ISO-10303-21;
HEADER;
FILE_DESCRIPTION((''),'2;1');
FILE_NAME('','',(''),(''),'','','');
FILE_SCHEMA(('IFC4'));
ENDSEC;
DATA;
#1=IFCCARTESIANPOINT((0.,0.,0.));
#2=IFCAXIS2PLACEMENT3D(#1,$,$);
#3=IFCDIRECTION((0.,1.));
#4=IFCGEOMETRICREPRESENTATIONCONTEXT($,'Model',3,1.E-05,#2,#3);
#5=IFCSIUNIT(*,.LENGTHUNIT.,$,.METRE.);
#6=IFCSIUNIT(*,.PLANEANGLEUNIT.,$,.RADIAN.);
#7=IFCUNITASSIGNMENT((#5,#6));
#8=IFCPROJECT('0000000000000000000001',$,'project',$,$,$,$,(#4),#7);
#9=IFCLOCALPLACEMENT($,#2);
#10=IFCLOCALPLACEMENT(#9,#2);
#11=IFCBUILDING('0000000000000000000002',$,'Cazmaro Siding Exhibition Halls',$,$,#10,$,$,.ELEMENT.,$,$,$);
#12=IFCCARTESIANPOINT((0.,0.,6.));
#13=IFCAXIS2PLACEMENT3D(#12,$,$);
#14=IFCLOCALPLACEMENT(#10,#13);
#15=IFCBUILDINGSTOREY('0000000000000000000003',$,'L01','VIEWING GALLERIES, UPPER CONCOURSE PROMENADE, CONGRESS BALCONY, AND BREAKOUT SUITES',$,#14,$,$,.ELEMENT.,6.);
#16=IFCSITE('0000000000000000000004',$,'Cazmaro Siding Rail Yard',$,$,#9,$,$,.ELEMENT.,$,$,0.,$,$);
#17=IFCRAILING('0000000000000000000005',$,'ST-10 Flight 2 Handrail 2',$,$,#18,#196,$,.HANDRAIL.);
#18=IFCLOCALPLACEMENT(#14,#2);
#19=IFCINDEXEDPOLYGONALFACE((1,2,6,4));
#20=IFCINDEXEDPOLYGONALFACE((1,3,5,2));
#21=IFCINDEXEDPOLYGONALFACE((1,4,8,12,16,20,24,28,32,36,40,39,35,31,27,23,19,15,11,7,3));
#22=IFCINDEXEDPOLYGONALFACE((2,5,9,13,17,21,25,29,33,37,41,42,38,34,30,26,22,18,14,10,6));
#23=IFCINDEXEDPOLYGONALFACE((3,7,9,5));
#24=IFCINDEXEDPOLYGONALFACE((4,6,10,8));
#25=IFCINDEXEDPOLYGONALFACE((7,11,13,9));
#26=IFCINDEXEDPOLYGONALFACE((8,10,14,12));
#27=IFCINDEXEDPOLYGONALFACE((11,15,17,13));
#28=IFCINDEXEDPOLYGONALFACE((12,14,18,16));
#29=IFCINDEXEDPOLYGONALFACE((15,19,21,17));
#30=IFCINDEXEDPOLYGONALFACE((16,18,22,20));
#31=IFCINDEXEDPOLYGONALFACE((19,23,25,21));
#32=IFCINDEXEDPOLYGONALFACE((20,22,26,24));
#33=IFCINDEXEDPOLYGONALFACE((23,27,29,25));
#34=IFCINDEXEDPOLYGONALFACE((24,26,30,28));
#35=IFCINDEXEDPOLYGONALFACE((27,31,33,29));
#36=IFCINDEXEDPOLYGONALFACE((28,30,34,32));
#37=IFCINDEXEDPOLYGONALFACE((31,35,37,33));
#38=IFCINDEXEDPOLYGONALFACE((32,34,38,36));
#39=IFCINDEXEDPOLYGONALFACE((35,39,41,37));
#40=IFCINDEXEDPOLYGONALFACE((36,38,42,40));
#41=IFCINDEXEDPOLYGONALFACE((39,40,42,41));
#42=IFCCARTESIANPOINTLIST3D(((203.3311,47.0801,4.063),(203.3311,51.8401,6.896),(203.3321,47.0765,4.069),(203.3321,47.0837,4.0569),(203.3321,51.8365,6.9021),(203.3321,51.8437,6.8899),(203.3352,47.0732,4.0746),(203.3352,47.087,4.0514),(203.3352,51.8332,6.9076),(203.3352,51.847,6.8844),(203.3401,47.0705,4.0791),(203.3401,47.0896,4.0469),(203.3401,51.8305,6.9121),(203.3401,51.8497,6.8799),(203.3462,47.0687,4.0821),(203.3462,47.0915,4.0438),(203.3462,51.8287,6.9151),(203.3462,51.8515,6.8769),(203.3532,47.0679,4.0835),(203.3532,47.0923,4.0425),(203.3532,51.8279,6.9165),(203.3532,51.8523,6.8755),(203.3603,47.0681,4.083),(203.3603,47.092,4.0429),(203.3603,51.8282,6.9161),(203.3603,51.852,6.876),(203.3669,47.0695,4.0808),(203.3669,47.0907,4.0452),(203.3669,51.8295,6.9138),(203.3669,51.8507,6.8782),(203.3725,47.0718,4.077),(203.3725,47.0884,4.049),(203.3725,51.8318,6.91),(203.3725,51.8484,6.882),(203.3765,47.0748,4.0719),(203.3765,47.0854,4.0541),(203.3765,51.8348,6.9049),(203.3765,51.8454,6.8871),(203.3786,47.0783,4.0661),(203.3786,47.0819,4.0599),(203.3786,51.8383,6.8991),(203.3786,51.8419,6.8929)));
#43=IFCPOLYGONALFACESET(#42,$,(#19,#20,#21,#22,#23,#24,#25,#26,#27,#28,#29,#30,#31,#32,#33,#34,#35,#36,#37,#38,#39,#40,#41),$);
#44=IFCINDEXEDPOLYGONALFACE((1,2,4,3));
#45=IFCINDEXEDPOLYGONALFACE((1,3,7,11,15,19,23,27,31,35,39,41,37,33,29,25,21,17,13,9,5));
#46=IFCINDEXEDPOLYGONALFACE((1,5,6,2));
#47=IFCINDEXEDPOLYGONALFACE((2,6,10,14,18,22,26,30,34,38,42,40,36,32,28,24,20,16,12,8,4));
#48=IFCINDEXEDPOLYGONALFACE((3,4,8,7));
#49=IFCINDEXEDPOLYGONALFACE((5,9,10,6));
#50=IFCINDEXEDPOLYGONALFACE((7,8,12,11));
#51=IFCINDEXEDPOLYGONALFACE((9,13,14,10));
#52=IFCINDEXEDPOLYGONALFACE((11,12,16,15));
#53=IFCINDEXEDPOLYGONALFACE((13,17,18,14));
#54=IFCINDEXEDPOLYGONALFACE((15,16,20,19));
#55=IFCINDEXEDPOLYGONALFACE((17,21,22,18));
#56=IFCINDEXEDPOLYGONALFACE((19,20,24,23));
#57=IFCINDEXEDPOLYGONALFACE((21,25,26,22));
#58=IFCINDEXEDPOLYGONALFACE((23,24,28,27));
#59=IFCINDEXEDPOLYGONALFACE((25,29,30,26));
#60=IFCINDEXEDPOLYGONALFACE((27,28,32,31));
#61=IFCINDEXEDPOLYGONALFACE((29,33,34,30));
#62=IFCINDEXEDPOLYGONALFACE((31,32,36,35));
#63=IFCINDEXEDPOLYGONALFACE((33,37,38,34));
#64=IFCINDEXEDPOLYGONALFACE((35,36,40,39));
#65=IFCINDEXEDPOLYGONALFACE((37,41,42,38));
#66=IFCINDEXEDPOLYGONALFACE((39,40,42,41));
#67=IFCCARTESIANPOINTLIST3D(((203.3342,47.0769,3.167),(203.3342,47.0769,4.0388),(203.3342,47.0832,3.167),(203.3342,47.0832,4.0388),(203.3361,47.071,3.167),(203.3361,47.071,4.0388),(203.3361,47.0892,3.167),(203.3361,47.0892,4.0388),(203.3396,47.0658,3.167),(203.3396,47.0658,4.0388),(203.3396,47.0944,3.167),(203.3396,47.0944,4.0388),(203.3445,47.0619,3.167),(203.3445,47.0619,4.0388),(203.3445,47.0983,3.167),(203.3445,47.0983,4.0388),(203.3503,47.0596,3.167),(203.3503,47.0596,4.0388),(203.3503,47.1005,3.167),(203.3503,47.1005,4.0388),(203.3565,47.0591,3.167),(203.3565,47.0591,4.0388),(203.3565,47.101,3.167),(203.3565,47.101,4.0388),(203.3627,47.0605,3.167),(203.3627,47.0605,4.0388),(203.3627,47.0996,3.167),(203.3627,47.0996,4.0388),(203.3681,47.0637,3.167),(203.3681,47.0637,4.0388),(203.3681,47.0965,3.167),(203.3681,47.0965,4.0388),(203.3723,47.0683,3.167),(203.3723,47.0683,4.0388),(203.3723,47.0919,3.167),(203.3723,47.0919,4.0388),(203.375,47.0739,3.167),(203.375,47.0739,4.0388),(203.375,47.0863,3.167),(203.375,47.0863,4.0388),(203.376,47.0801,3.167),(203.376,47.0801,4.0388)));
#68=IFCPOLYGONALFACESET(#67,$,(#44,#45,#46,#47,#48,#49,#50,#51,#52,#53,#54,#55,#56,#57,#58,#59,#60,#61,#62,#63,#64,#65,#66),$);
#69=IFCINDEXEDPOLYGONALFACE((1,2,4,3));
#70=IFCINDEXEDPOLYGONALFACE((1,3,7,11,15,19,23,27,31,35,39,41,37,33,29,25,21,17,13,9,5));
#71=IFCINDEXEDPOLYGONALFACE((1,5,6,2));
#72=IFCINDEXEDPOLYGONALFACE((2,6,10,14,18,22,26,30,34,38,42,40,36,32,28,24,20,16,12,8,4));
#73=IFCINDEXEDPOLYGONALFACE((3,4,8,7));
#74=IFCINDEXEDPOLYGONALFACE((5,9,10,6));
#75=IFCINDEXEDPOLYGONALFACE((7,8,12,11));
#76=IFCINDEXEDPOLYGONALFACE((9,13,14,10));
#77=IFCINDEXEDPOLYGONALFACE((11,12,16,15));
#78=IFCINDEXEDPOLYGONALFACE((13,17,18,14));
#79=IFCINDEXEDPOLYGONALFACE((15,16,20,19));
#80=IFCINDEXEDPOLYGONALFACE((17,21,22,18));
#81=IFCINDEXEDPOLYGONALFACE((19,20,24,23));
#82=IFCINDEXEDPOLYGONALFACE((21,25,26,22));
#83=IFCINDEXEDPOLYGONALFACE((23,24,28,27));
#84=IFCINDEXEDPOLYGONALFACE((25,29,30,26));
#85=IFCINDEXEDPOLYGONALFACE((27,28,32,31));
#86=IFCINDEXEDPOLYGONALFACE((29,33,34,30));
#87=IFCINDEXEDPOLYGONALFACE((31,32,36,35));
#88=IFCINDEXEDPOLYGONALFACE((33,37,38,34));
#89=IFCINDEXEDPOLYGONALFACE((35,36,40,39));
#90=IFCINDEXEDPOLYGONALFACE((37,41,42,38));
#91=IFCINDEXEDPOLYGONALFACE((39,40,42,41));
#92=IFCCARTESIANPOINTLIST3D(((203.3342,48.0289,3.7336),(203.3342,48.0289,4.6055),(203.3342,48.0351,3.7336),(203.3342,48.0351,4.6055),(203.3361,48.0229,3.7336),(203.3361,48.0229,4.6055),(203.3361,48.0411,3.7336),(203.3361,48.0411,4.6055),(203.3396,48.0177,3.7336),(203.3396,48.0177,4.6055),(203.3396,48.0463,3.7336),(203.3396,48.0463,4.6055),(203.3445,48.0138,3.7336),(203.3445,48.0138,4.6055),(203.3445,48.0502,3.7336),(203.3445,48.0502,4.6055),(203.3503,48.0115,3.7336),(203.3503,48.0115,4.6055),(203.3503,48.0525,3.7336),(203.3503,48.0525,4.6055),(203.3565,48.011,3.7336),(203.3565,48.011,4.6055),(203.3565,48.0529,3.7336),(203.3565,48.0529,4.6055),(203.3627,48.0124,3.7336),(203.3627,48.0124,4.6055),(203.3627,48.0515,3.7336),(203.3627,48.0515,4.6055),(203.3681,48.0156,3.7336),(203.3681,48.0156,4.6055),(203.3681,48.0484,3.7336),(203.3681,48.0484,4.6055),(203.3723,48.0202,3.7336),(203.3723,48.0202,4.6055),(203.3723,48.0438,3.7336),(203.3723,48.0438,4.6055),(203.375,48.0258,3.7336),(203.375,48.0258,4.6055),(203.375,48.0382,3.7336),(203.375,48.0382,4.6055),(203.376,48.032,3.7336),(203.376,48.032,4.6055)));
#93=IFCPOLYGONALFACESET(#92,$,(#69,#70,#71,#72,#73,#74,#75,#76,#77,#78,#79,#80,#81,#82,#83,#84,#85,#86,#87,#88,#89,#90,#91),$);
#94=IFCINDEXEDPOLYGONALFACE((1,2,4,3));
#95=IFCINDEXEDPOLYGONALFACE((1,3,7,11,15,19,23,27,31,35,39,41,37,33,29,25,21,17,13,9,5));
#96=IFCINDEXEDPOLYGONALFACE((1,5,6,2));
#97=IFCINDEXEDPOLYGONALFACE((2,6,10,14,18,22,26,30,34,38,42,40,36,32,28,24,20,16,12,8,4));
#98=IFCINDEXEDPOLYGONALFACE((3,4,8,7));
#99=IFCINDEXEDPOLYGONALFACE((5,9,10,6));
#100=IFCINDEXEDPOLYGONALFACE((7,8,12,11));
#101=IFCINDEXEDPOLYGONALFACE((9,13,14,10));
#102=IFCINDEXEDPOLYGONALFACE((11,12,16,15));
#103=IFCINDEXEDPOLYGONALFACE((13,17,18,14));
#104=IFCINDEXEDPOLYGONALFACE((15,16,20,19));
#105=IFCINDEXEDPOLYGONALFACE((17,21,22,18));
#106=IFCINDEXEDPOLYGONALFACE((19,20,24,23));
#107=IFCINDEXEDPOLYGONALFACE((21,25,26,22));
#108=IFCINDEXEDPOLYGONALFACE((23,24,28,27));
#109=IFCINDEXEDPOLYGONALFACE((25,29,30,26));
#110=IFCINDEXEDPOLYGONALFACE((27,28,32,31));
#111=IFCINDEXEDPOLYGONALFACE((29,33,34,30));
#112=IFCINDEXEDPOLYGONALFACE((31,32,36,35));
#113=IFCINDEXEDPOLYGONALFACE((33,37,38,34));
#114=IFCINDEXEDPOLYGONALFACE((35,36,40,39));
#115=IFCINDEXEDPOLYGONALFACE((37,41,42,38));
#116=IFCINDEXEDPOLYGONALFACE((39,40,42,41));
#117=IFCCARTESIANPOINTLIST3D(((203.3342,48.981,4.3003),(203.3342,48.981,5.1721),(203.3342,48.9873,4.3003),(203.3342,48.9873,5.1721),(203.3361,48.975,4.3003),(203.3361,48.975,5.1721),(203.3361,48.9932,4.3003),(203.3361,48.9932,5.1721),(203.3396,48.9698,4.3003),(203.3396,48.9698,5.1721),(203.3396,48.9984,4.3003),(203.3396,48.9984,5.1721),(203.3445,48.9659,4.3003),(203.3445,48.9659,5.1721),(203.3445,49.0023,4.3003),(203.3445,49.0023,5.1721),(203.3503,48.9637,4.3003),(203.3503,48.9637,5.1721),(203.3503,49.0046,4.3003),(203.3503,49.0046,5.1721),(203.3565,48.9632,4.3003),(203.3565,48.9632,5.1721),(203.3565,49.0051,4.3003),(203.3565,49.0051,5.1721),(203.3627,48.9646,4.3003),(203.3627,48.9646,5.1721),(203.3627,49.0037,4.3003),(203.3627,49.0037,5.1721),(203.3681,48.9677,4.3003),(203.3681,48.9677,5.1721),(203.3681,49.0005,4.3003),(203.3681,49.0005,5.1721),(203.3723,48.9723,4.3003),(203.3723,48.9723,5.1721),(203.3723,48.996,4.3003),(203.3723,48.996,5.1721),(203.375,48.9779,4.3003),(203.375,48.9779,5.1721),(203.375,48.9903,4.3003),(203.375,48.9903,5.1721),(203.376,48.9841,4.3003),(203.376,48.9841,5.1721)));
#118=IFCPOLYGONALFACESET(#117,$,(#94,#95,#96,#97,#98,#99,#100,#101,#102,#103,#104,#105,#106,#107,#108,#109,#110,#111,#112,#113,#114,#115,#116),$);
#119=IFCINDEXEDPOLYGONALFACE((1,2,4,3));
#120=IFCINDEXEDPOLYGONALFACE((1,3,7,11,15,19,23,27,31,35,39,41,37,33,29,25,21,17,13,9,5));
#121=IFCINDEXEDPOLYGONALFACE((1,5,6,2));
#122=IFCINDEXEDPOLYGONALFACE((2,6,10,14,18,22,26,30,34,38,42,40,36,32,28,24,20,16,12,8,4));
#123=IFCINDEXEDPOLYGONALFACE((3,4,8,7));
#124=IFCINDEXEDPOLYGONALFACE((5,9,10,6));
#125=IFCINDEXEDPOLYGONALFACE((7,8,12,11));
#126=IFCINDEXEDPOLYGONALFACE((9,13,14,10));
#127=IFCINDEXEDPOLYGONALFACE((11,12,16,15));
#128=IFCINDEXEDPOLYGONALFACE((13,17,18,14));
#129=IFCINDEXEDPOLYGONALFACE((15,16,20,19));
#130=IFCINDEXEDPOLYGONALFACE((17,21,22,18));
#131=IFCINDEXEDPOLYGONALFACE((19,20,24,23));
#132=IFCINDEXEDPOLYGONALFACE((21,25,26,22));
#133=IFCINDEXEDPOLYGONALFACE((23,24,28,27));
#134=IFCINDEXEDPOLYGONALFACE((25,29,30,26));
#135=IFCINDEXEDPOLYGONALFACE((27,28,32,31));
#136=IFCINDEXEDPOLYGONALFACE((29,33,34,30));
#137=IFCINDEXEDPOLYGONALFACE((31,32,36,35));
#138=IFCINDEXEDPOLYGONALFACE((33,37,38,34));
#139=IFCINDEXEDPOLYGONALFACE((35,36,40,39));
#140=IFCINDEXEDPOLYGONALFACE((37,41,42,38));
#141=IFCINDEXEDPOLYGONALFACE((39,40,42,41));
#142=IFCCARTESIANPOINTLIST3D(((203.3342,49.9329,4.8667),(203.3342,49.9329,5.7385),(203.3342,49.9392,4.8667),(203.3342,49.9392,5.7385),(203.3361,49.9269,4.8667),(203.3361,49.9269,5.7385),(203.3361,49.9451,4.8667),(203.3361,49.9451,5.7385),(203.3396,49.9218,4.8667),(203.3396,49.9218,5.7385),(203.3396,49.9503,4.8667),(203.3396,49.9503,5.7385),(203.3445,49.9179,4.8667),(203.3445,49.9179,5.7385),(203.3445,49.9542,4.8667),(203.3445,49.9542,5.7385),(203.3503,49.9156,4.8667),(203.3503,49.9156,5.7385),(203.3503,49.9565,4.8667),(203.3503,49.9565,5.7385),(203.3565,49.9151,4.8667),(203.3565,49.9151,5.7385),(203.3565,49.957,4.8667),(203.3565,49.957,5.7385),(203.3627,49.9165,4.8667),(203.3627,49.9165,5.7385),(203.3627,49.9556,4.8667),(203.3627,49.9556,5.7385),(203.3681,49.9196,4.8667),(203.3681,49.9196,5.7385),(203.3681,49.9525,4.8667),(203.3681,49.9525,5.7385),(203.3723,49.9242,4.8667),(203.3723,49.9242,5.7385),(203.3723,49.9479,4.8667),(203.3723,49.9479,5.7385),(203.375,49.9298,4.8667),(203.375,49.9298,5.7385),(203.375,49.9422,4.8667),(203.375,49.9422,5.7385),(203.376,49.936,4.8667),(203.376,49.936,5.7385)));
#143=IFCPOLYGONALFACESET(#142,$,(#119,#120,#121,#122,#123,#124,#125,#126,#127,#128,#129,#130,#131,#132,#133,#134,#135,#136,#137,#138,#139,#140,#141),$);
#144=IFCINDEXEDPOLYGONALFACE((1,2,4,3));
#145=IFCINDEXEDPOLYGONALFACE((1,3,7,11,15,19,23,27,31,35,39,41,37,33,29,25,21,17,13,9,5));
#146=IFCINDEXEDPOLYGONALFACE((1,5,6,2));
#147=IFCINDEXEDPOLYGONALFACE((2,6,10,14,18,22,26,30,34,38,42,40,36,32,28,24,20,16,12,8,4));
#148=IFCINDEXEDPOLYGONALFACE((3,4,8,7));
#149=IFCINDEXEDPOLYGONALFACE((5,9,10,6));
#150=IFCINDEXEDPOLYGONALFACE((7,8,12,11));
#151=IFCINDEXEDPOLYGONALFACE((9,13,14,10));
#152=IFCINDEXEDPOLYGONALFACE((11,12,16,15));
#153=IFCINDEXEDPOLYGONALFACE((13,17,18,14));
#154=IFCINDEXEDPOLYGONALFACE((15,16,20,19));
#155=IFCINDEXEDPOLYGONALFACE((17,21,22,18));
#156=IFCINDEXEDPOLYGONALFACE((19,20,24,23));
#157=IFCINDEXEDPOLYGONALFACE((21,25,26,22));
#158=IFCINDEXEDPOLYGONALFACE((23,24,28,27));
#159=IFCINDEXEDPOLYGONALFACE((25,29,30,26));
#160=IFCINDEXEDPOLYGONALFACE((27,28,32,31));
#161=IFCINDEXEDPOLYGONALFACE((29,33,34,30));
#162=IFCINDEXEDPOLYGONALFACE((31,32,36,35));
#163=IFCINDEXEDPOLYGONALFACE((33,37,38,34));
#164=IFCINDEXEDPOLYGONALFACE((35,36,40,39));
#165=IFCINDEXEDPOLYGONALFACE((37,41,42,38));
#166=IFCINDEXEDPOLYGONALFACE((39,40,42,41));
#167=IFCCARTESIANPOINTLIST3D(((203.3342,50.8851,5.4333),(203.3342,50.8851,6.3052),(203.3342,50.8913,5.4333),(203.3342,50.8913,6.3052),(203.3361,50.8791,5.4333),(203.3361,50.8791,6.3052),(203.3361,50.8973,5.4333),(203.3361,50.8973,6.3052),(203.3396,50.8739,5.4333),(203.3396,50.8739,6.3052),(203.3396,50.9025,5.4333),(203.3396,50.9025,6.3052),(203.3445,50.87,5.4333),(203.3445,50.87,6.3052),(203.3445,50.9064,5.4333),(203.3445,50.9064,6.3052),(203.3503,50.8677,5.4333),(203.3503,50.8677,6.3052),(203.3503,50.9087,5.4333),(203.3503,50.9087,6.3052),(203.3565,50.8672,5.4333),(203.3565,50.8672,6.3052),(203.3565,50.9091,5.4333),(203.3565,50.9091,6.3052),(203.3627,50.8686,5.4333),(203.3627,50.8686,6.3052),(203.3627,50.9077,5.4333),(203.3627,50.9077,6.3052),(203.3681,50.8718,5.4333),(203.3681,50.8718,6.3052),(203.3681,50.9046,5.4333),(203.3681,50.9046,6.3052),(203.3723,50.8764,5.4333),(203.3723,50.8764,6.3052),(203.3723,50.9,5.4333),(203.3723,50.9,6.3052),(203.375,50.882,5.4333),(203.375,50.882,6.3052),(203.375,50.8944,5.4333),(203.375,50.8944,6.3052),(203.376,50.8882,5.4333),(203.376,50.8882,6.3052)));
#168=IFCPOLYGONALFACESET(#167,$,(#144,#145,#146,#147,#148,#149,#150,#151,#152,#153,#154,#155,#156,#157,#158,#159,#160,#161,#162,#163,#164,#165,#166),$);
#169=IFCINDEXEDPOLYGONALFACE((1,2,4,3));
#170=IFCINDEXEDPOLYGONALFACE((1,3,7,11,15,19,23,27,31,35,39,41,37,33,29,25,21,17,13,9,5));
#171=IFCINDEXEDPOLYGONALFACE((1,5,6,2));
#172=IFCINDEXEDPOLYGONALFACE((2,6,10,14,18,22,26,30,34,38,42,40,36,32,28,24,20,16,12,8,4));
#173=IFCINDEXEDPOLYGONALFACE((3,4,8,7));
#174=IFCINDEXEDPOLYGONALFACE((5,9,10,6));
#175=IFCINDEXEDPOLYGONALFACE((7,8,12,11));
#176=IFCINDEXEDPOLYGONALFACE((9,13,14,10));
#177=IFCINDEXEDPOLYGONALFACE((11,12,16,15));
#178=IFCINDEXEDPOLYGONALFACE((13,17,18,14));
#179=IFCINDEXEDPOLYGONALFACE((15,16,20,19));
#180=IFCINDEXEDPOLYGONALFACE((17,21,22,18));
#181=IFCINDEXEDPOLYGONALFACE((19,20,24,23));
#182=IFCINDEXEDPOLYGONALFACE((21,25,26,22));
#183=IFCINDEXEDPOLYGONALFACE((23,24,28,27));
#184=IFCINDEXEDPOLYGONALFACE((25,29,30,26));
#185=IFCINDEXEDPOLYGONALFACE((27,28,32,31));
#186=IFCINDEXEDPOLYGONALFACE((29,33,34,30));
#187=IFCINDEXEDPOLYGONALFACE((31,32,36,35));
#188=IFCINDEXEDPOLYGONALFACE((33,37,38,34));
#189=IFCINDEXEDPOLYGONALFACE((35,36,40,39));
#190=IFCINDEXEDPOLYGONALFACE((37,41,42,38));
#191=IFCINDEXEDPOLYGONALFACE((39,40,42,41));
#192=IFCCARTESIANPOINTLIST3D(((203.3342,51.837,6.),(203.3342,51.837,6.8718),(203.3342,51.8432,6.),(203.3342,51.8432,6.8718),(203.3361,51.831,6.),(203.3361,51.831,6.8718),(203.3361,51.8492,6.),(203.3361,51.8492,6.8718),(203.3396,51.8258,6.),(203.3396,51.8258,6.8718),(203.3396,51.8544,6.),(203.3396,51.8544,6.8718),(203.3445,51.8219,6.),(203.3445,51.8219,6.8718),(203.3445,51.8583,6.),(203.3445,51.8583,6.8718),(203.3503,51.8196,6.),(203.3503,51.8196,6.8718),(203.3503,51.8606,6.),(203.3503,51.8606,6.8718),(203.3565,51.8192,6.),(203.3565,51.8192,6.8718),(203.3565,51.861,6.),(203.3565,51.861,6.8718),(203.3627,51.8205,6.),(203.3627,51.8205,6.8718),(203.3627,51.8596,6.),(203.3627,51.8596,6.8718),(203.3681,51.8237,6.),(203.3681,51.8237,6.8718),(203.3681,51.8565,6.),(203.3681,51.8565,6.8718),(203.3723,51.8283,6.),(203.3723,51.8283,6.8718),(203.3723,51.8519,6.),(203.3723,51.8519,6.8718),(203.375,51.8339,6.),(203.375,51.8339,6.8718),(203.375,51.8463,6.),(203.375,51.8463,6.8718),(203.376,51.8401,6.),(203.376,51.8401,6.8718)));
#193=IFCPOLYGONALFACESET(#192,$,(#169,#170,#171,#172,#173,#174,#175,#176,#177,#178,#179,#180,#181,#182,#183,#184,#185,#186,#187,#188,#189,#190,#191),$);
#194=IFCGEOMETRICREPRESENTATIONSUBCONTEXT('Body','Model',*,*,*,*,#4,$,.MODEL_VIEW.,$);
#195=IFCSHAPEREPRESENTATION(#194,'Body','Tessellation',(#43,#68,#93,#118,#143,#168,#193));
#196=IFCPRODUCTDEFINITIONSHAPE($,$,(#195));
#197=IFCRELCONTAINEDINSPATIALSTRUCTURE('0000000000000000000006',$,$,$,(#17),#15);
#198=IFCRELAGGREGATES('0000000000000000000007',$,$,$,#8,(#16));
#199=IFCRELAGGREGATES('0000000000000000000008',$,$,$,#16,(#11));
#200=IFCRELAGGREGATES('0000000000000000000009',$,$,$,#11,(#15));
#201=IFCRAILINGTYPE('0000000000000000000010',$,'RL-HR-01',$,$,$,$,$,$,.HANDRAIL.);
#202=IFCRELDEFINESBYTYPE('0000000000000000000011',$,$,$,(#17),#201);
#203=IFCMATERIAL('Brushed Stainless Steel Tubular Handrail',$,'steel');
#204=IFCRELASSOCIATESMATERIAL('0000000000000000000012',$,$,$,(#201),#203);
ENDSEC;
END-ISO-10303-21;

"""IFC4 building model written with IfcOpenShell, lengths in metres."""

from ifc_helpers import new_model, si_unit, direction, frame, origin, origin_2d, place, context, subcontext, project, spatial, circle, extrude, material, type_object, element, save


model = new_model("IFC4")

# Units and contexts
model_context = context("Model", 3, precision=1e-05, world=origin(), true_north=direction((0.0, 1.0)))
body_context = subcontext(model_context, "Body", "Model", "MODEL_VIEW")
ifc_project = project(units=[si_unit("LENGTHUNIT", "METRE"), si_unit("PLANEANGLEUNIT", "RADIAN")], contexts=[model_context])

# Site, building, storey
site_placement = place(None, origin())
site = spatial("IfcSite", under=ifc_project, at=site_placement, Name="Cazmaro Siding Rail Yard", CompositionType="ELEMENT", RefElevation=0.0)
building_placement = place(site_placement, origin())
building = spatial("IfcBuilding", under=site, at=building_placement, Name="Cazmaro Siding Exhibition Halls", CompositionType="ELEMENT")
storey_placement = place(building_placement, frame((0.0, 0.0, 6.0)))
storey = spatial("IfcBuildingStorey", under=building, at=storey_placement, Name="L01", Description="VIEWING GALLERIES, UPPER CONCOURSE PROMENADE, CONGRESS BALCONY, AND BREAKOUT SUITES", CompositionType="ELEMENT", Elevation=6.0)

# Railing
ifc_material_1 = material(Name="Brushed Stainless Steel Tubular Handrail", Category="steel")
railing_type_1 = type_object("IfcRailingType", Name="RL-HR-01", PredefinedType="HANDRAIL", material=ifc_material_1)
railing_1_placement = place(storey_placement, frame((203.355, 47.0801, 3.167)))
element("IfcRailing", 1, at=railing_1_placement, inside=storey, type_object=railing_type_1, Name="ST-10 Flight 2 Handrail 2", PredefinedType="HANDRAIL", context=body_context, shape_type="SweptSolid", body=[
    extrude(circle(Radius=0.0239, at=origin_2d()), frame((0.0, 0.0, 0.896), z_axis=(0.0, 0.859319, 0.51144), x_axis=(-1.0, 0.0, 0.0)), (0.0, 0.0, 1.0), 5.5393),
    extrude(circle(Radius=0.021, at=origin_2d()), origin(), (0.0, 0.0, 1.0), 0.8718),
    extrude(circle(Radius=0.021, at=origin_2d()), frame((0.0, 0.9519, 0.5667)), (0.0, 0.0, 1.0), 0.8718),
    extrude(circle(Radius=0.021, at=origin_2d()), frame((0.0, 1.9041, 1.1333)), (0.0, 0.0, 1.0), 0.8718),
    extrude(circle(Radius=0.021, at=origin_2d()), frame((0.0, 2.856, 1.6997)), (0.0, 0.0, 1.0), 0.8718),
    extrude(circle(Radius=0.021, at=origin_2d()), frame((0.0, 3.8081, 2.2664)), (0.0, 0.0, 1.0), 0.8718),
    extrude(circle(Radius=0.021, at=origin_2d()), frame((0.0, 4.76, 2.833)), (0.0, 0.0, 1.0), 0.8718),
])

save(model, "model.ifc")
